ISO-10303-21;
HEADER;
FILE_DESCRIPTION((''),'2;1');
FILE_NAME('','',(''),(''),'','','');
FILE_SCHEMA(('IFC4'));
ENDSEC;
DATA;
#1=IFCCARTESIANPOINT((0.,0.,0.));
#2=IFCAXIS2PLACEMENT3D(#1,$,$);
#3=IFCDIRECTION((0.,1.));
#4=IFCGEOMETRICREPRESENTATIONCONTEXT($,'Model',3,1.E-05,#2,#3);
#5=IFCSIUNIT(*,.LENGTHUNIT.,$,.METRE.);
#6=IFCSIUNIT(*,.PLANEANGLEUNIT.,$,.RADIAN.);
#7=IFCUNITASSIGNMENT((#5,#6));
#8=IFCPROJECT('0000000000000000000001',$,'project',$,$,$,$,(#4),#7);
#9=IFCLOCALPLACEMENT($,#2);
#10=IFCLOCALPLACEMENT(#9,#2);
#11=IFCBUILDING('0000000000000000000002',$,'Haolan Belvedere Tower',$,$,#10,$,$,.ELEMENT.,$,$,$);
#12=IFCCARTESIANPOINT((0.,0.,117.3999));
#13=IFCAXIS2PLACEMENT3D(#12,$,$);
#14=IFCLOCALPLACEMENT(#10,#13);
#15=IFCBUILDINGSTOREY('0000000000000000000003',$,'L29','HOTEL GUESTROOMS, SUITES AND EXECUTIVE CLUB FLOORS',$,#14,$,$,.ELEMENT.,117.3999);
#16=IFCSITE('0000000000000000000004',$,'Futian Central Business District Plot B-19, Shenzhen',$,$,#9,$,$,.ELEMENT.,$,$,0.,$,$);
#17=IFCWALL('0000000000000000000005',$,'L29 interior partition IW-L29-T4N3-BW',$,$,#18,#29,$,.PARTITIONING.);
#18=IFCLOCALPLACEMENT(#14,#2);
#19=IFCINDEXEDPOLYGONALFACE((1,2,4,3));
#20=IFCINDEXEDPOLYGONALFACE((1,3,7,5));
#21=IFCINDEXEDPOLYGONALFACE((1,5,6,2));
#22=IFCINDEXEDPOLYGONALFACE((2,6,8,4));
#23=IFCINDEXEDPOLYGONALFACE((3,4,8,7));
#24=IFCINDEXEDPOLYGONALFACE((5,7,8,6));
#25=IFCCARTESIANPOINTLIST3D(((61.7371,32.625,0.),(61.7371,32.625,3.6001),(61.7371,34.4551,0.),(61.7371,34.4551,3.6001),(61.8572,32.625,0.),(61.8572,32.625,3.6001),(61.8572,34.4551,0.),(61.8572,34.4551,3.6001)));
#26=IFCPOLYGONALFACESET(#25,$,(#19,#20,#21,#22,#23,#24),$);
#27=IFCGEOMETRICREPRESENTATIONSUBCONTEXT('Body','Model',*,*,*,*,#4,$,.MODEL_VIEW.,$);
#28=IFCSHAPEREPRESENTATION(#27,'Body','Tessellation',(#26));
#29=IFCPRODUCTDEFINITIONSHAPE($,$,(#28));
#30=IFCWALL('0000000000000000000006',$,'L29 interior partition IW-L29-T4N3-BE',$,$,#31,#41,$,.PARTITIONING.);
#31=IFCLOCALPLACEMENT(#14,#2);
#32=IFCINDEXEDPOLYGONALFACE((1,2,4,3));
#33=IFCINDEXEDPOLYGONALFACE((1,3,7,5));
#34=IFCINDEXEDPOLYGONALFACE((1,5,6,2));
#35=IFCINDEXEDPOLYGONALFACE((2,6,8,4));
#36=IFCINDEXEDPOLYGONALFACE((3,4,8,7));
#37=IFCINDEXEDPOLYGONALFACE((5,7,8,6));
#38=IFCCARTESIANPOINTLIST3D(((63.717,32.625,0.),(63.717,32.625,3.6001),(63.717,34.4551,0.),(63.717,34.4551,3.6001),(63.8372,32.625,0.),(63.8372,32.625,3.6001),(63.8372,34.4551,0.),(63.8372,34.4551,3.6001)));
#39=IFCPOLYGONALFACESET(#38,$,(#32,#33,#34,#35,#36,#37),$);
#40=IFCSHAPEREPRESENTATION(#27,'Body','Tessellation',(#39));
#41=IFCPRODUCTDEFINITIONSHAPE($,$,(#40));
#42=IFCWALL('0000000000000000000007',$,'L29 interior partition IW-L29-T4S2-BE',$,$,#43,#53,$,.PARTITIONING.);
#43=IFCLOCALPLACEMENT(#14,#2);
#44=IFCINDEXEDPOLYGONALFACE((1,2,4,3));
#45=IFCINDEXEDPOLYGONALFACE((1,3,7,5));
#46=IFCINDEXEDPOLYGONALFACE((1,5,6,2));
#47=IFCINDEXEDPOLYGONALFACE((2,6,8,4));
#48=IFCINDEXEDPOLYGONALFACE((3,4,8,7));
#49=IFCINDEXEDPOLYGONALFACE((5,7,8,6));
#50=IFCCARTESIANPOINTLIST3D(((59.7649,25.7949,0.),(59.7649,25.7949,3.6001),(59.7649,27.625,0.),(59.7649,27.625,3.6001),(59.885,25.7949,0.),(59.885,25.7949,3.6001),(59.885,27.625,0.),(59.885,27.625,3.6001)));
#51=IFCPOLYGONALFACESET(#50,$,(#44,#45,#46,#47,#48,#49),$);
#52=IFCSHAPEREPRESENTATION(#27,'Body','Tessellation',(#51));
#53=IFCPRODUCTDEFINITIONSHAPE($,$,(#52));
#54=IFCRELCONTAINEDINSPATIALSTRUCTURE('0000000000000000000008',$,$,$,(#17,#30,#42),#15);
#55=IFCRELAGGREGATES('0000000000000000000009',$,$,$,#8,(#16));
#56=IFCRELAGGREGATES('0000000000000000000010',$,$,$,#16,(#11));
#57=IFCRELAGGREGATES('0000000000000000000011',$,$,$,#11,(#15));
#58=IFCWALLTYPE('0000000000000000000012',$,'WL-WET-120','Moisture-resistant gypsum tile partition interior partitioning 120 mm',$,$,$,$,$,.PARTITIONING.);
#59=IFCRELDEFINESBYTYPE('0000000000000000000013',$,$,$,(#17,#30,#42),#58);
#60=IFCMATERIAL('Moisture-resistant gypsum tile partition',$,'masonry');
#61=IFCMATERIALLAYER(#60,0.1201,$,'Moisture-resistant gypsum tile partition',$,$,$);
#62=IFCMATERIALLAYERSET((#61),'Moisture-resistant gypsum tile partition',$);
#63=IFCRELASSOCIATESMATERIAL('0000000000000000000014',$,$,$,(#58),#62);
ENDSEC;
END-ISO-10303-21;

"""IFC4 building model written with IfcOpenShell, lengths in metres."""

from ifc_helpers import new_model, si_unit, direction, frame, frame_2d, origin, place, context, subcontext, project, spatial, rectangle, extrude, material, layer, layer_set, type_object, element, save


model = new_model("IFC4")

# Units and contexts
model_context = context("Model", 3, precision=1e-05, world=origin(), true_north=direction((0.0, 1.0)))
body_context = subcontext(model_context, "Body", "Model", "MODEL_VIEW")
ifc_project = project(units=[si_unit("LENGTHUNIT", "METRE"), si_unit("PLANEANGLEUNIT", "RADIAN")], contexts=[model_context])

# Site, building, storey
site_placement = place(None, origin())
site = spatial("IfcSite", under=ifc_project, at=site_placement, Name="Futian Central Business District Plot B-19, Shenzhen", CompositionType="ELEMENT", RefElevation=0.0)
building_placement = place(site_placement, origin())
building = spatial("IfcBuilding", under=site, at=building_placement, Name="Haolan Belvedere Tower", CompositionType="ELEMENT")
storey_placement = place(building_placement, frame((0.0, 0.0, 117.3999)))
storey = spatial("IfcBuildingStorey", under=building, at=storey_placement, Name="L29", Description="HOTEL GUESTROOMS, SUITES AND EXECUTIVE CLUB FLOORS", CompositionType="ELEMENT", Elevation=117.3999)

# Shared definitions
ifc_material_1 = material(Name="Moisture-resistant gypsum tile partition", Category="masonry")
ifc_layer_1 = layer(ifc_material_1, 0.1201, Name="Moisture-resistant gypsum tile partition")
ifc_layer_set_1 = layer_set([ifc_layer_1], Name="Moisture-resistant gypsum tile partition")
wall_type_1 = type_object("IfcWallType", Name="WL-WET-120", Description="Moisture-resistant gypsum tile partition interior partitioning 120 mm", PredefinedType="PARTITIONING", material=ifc_layer_set_1)

# Walls
for number, where, z_axis, x_axis, name in (
    (1, (61.7971, 32.625, 0.0), (0.0, 0.0, 1.0), (0.0, 1.0, 0.0), "L29 interior partition IW-L29-T4N3-BW"),
    (2, (63.7771, 32.625, 0.0), (0.0, 0.0, 1.0), (0.0, 1.0, 0.0), "L29 interior partition IW-L29-T4N3-BE"),
    (3, (59.825, 25.7949, 0.0), (0.0, 0.0, 1.0), (0.0, 1.0, 0.0), "L29 interior partition IW-L29-T4S2-BE"),
):
    element("IfcWall", number, at=place(storey_placement, frame(where, z_axis=z_axis, x_axis=x_axis)), inside=storey, type_object=wall_type_1, Name=name, PredefinedType="PARTITIONING", context=body_context, shape_type="SweptSolid", body=[
        extrude(rectangle(XDim=1.8301, YDim=0.1201, at=frame_2d((0.915, 0.0))), origin(), (0.0, 0.0, 1.0), 3.6001),
    ])

save(model, "model.ifc")
